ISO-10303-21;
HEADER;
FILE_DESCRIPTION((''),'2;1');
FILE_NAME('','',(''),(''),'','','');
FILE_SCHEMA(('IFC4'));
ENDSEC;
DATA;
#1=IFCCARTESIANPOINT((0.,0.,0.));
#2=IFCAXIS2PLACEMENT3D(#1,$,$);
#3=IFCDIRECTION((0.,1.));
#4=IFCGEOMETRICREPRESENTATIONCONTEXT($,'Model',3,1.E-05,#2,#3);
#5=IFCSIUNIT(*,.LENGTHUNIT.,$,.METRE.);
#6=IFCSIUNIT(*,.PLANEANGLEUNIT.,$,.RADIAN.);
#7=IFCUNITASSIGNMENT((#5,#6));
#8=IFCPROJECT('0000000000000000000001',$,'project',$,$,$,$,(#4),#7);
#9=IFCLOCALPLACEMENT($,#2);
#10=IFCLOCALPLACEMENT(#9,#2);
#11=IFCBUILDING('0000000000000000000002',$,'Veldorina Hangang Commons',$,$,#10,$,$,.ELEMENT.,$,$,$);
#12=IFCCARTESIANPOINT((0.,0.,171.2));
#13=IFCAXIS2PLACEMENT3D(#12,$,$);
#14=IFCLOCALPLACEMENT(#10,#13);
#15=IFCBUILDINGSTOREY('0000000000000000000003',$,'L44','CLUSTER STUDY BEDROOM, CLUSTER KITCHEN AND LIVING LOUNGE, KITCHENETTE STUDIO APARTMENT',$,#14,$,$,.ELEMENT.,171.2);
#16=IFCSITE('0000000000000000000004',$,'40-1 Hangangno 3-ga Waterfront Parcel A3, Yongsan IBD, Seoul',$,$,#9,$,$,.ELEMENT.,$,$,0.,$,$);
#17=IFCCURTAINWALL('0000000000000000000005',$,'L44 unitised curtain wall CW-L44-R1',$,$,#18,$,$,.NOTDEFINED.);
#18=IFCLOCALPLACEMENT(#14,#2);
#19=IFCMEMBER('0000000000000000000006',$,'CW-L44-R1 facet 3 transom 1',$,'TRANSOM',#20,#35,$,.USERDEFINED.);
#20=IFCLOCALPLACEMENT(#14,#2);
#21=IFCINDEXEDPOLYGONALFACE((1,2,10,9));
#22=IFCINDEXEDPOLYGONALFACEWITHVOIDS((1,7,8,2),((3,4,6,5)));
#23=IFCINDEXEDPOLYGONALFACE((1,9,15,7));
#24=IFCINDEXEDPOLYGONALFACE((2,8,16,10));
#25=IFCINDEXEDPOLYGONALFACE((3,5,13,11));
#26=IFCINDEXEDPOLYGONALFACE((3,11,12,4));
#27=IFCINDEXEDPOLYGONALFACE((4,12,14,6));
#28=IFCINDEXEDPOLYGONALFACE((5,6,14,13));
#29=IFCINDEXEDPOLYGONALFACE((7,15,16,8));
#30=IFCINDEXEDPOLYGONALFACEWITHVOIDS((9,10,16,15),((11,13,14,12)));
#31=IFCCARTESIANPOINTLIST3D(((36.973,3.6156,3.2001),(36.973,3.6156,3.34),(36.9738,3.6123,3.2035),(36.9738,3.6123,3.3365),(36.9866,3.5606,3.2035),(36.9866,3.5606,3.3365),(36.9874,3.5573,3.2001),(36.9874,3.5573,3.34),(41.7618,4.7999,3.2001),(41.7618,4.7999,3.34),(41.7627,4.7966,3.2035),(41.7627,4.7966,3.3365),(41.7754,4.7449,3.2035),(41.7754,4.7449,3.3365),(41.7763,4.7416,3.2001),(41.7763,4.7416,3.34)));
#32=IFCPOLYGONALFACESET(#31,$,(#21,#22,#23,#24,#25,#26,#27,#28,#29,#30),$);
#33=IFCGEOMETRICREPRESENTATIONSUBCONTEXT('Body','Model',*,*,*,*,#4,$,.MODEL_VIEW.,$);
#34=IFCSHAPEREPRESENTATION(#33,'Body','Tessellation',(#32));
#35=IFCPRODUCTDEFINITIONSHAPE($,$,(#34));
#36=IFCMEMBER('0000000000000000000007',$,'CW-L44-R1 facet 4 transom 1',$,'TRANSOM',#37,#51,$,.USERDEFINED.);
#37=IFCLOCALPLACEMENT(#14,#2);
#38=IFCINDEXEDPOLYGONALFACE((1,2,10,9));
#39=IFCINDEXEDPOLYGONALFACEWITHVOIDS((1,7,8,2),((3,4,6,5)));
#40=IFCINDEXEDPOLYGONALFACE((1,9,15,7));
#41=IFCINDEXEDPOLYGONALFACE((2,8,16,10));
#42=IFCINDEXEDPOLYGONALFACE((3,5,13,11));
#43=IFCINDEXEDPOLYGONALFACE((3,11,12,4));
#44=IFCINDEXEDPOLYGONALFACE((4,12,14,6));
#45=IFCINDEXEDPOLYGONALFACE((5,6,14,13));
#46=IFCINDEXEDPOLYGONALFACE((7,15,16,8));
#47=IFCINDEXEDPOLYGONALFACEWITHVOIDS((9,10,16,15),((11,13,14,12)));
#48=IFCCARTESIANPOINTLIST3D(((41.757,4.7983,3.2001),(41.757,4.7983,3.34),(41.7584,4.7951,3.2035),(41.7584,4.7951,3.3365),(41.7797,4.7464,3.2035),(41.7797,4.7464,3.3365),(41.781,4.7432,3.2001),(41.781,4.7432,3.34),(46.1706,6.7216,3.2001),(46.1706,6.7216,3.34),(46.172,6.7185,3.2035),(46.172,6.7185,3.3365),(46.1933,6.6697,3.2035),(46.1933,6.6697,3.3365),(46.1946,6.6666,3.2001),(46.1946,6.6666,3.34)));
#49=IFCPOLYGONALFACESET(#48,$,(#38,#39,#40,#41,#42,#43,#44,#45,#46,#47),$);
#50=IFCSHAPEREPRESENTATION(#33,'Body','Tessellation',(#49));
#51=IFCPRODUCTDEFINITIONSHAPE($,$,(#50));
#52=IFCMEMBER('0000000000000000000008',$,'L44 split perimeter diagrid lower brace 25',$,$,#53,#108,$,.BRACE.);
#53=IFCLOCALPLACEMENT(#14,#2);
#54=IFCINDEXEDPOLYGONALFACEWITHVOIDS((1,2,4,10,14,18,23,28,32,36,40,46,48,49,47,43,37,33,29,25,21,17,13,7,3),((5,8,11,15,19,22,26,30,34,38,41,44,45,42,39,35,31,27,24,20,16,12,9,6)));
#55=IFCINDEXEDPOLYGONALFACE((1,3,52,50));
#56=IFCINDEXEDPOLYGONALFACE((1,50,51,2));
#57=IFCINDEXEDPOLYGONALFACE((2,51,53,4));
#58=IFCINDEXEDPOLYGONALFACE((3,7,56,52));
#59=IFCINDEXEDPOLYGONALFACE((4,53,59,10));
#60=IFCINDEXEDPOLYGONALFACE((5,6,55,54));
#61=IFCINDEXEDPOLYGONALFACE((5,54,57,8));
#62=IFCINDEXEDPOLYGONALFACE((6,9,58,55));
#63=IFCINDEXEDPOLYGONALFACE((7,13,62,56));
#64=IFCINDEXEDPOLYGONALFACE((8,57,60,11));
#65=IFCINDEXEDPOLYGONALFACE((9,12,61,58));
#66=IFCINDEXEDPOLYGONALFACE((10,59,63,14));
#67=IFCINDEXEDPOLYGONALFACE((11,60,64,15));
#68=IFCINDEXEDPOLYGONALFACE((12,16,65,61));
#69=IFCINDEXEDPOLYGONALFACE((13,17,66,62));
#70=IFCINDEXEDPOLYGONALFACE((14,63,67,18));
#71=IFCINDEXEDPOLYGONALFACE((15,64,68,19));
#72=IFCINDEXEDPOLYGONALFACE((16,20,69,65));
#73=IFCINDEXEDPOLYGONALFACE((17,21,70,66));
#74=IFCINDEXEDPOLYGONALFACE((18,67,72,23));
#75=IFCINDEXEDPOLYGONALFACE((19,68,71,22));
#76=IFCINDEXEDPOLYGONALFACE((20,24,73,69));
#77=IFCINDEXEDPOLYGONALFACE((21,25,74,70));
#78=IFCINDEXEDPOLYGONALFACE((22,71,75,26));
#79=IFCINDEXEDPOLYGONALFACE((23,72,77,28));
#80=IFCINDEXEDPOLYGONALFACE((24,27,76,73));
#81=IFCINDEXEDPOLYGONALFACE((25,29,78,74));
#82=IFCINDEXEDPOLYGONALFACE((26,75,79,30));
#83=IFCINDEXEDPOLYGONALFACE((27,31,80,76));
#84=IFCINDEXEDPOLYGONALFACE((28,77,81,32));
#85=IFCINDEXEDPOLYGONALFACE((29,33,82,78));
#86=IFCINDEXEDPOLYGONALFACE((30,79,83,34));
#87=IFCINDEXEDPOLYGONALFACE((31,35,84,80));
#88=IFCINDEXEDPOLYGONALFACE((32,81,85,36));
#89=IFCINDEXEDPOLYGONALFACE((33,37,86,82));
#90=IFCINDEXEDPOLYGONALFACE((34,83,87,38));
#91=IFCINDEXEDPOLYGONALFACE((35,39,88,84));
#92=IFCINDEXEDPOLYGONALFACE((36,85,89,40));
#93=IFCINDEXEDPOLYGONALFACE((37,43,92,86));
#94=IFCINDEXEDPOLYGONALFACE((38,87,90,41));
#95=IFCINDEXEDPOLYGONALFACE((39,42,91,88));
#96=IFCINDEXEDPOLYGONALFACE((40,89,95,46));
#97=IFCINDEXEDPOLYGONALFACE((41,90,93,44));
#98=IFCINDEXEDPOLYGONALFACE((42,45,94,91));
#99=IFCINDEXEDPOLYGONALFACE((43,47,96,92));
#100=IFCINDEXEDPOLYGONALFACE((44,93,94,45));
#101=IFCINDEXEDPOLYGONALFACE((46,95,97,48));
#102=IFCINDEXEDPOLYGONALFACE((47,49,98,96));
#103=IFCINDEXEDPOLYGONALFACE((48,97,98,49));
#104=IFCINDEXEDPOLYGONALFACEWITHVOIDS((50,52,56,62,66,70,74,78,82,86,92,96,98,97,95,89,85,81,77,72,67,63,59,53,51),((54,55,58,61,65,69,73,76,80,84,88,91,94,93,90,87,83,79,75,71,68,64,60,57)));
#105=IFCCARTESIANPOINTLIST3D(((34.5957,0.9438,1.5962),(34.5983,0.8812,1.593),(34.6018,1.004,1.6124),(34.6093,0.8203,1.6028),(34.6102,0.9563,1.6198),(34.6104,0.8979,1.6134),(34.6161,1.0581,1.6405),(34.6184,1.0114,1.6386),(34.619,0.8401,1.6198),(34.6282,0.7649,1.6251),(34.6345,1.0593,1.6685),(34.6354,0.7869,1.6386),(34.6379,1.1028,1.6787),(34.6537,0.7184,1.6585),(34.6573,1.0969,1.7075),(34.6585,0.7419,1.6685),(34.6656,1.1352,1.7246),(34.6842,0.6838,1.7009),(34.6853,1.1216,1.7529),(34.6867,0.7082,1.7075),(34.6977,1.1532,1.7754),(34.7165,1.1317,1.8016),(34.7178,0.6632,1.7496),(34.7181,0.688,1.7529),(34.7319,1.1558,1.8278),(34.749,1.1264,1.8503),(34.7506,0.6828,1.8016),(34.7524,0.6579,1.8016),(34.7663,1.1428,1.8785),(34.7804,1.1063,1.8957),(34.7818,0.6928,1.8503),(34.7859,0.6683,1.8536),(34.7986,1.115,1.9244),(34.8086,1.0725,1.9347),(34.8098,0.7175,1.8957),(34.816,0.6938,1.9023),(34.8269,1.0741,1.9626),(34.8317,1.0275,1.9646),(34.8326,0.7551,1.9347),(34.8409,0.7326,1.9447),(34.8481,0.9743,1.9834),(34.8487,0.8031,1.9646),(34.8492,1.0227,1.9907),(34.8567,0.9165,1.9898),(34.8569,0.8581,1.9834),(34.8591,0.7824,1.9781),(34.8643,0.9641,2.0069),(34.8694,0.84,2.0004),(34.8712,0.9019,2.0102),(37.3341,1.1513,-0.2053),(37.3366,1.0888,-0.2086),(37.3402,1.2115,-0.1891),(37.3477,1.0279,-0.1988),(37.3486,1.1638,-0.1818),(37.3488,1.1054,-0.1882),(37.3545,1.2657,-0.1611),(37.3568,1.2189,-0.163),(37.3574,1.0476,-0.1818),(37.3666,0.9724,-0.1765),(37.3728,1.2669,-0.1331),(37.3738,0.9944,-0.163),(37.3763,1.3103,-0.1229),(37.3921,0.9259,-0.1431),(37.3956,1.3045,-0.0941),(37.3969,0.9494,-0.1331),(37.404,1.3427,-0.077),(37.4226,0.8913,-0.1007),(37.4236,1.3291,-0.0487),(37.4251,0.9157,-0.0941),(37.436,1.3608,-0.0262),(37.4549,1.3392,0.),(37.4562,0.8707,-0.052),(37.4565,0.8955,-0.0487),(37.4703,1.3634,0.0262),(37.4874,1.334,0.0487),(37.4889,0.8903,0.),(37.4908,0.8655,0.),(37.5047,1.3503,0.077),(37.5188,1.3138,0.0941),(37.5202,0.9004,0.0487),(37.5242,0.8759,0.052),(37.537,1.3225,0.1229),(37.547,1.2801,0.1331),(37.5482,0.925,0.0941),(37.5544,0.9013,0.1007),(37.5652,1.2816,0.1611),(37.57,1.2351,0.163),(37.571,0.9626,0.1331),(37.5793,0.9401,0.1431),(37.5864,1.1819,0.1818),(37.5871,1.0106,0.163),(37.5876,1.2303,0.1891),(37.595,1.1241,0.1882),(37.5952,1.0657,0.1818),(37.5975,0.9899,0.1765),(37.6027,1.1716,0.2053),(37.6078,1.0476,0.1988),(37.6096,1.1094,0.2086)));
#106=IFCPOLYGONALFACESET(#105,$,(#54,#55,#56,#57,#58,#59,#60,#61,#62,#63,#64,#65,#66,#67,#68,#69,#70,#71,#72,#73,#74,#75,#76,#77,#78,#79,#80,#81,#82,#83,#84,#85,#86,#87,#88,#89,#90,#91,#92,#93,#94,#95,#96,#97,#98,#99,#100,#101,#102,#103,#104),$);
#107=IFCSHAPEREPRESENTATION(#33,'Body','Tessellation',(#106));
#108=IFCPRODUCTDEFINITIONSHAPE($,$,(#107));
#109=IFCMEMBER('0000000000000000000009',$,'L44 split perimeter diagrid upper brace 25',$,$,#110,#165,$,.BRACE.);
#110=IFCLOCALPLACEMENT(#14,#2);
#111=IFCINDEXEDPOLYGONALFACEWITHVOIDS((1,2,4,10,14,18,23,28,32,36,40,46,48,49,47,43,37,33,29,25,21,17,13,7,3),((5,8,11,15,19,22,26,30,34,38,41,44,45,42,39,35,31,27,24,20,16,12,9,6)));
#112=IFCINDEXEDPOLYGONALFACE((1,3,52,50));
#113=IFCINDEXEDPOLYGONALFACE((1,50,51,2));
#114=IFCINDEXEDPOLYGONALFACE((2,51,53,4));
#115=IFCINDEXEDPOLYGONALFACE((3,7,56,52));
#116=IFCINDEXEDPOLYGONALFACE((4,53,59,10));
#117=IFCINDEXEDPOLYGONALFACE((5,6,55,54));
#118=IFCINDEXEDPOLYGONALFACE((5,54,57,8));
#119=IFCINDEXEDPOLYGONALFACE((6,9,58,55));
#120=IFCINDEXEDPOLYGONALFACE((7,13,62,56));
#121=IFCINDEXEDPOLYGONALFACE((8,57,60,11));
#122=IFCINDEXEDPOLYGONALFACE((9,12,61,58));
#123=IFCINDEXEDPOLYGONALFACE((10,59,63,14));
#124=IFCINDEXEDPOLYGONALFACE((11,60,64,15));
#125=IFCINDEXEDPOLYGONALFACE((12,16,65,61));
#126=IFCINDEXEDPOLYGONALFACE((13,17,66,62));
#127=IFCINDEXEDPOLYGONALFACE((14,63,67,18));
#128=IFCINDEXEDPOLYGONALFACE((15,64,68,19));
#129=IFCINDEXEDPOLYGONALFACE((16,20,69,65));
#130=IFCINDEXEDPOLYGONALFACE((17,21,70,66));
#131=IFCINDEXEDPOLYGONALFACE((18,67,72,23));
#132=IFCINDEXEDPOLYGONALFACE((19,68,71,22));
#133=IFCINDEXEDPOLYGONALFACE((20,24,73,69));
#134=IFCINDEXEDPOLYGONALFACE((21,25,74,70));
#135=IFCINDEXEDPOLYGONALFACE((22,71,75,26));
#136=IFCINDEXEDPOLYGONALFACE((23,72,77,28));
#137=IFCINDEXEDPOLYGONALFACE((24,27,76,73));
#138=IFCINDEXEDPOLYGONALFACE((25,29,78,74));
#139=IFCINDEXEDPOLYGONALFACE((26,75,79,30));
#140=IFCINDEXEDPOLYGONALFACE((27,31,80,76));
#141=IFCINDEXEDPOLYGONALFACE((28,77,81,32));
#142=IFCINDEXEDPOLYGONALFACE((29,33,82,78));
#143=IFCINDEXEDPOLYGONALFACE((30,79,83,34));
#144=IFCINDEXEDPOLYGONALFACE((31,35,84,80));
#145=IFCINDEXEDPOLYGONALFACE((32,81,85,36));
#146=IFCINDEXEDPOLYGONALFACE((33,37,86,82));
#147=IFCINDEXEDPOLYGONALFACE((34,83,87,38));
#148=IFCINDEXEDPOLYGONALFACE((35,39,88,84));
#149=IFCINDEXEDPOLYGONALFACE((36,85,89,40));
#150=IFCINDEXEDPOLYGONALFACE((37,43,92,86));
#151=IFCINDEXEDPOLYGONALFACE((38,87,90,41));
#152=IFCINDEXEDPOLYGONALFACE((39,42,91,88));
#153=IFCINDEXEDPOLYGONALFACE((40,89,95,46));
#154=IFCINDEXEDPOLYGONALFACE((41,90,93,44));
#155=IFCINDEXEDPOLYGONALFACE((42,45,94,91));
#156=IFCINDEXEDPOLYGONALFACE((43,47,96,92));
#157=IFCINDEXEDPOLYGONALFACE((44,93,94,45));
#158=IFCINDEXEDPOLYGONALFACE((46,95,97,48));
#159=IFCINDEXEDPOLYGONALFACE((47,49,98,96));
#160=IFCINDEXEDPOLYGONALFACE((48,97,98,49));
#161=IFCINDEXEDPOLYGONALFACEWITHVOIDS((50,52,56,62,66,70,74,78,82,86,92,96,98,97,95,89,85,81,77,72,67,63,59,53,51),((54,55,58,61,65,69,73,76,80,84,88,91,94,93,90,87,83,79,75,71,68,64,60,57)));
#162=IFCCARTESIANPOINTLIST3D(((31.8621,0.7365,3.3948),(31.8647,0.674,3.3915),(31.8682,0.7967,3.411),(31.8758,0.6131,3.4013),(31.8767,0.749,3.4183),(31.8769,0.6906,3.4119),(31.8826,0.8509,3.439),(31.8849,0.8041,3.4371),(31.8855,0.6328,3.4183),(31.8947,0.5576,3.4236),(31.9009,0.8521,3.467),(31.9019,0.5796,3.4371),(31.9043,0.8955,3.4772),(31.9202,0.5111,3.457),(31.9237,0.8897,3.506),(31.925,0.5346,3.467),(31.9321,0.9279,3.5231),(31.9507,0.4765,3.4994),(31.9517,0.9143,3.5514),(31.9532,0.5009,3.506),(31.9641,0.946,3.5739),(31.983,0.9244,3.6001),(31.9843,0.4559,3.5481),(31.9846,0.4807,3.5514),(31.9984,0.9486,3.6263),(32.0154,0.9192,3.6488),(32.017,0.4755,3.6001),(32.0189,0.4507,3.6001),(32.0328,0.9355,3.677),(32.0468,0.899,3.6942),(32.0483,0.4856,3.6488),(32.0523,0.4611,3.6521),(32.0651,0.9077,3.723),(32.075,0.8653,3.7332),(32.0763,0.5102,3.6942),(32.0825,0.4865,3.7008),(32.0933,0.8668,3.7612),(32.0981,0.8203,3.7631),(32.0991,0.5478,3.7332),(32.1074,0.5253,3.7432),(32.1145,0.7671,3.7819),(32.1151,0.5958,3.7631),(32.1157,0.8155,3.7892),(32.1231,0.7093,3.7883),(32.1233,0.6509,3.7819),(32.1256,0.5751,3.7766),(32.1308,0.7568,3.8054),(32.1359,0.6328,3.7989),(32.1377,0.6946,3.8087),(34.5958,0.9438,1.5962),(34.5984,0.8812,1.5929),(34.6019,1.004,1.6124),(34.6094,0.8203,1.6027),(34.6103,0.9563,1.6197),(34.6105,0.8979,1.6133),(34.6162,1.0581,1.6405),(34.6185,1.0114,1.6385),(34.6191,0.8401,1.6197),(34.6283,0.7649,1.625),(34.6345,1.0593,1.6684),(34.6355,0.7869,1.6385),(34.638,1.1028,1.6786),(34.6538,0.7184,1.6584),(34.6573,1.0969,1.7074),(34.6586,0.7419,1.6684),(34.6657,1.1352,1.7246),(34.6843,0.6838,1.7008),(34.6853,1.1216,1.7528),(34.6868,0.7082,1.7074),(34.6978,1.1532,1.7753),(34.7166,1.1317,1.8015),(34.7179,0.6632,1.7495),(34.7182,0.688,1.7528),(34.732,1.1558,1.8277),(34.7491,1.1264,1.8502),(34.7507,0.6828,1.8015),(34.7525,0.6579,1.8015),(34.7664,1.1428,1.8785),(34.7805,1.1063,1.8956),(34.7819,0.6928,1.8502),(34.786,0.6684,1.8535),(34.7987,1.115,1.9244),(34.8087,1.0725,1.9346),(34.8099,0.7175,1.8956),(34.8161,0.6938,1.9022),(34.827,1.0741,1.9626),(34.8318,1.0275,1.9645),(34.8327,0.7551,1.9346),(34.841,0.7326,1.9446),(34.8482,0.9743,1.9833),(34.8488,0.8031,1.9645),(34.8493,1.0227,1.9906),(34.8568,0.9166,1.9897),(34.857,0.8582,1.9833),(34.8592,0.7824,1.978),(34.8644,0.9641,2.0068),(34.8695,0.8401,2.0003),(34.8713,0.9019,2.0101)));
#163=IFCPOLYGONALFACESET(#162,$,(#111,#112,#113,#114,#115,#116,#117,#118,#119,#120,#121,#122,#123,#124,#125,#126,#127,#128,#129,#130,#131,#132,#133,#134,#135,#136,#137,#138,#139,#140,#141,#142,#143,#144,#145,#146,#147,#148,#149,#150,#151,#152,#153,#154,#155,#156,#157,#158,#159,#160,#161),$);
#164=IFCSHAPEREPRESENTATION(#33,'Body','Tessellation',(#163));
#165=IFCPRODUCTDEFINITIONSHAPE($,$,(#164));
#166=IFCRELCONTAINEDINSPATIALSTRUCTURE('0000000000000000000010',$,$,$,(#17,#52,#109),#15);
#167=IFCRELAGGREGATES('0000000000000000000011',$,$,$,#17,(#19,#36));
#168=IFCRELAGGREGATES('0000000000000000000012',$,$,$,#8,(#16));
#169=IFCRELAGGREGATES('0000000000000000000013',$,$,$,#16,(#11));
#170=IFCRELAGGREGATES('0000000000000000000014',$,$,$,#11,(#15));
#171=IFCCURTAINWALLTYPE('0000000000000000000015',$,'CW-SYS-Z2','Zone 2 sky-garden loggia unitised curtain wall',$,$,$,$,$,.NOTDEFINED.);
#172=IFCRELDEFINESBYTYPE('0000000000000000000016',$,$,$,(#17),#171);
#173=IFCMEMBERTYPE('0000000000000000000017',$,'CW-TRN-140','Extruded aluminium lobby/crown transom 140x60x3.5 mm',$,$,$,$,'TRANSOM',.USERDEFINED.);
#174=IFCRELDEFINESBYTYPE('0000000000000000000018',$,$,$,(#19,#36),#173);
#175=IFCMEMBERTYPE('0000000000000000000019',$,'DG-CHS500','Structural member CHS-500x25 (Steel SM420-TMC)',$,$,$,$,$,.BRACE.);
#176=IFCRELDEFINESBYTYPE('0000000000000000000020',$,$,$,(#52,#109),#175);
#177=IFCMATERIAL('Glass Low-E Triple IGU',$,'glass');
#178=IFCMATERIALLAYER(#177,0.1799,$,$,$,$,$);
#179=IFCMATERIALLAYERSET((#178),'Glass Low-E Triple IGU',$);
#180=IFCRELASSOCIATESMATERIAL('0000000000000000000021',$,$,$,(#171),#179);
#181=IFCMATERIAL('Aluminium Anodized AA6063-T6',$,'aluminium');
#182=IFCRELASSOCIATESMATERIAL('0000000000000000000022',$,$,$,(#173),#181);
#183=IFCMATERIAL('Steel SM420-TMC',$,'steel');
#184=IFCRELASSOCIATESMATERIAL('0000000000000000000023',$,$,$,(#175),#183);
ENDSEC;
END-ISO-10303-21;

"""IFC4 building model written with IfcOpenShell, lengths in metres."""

from ifc_helpers import new_model, si_unit, direction, frame, origin, origin_2d, place, context, subcontext, project, spatial, hollow_rectangle, hollow_circle, extrude, material, layer, layer_set, material_profile, profile_set, type_object, element, aggregate, save


model = new_model("IFC4")

# Units and contexts
model_context = context("Model", 3, precision=1e-05, world=origin(), true_north=direction((0.0, 1.0)))
body_context = subcontext(model_context, "Body", "Model", "MODEL_VIEW")
ifc_project = project(units=[si_unit("LENGTHUNIT", "METRE"), si_unit("PLANEANGLEUNIT", "RADIAN")], contexts=[model_context])

# Site, building, storey
site_placement = place(None, origin())
site = spatial("IfcSite", under=ifc_project, at=site_placement, Name="40-1 Hangangno 3-ga Waterfront Parcel A3, Yongsan IBD, Seoul", CompositionType="ELEMENT", RefElevation=0.0)
building_placement = place(site_placement, origin())
building = spatial("IfcBuilding", under=site, at=building_placement, Name="Veldorina Hangang Commons", CompositionType="ELEMENT")
storey_placement = place(building_placement, frame((0.0, 0.0, 171.2)))
storey = spatial("IfcBuildingStorey", under=building, at=storey_placement, Name="L44", Description="CLUSTER STUDY BEDROOM, CLUSTER KITCHEN AND LIVING LOUNGE, KITCHENETTE STUDIO APARTMENT", CompositionType="ELEMENT", Elevation=171.2)

# Shared definitions
ifc_material_1 = material(Name="Steel SM420-TMC", Category="steel")

# Curtain wall, members
ifc_material_2 = material(Name="Glass Low-E Triple IGU", Category="glass")
ifc_layer_1 = layer(ifc_material_2, 0.1799)
ifc_layer_set_1 = layer_set([ifc_layer_1], Name="Glass Low-E Triple IGU")
curtain_wall_type = type_object("IfcCurtainWallType", Name="CW-SYS-Z2", Description="Zone 2 sky-garden loggia unitised curtain wall", PredefinedType="NOTDEFINED", material=ifc_layer_set_1)
curtain_wall_placement = place(storey_placement, origin())
curtain_wall = element("IfcCurtainWall", 1, at=curtain_wall_placement, inside=storey, type_object=curtain_wall_type, Name="L44 unitised curtain wall CW-L44-R1", PredefinedType="NOTDEFINED")
ifc_material_3 = material(Name="Aluminium Anodized AA6063-T6", Category="aluminium")
ifc_material_profile_1 = material_profile(ifc_material_3, hollow_rectangle(XDim=0.0601, YDim=0.1399, WallThickness=0.0034, at=origin_2d()), Name="ALU-RHS-140x60x3.5")
ifc_profile_set_1 = profile_set([ifc_material_profile_1], Name="Aluminium Anodized AA6063-T6")
member_type_1 = type_object("IfcMemberType", Name="CW-TRN-140", Description="Extruded aluminium lobby/crown transom 140x60x3.5 mm", ElementType="TRANSOM", PredefinedType="USERDEFINED", material=ifc_profile_set_1)
member_1_placement = place(storey_placement, frame((36.9802, 3.5864, 3.27), z_axis=(0.970754, 0.240078, 0.0), x_axis=(-0.240078, 0.970754, 0.0)))
member_1 = element("IfcMember", 2, at=member_1_placement, type_object=member_type_1, Name="CW-L44-R1 facet 3 transom 1", ObjectType="TRANSOM", PredefinedType="USERDEFINED", context=body_context, shape_type="SweptSolid", body=[
    extrude(hollow_rectangle(XDim=0.0601, YDim=0.1399, WallThickness=0.0034, at=origin_2d()), origin(), (0.0, 0.0, 1.0), 4.9331),
])
member_2_placement = place(storey_placement, frame((41.769, 4.7708, 3.27), z_axis=(0.916736, 0.399494, 0.0), x_axis=(-0.399494, 0.916736, 0.0)))
member_2 = element("IfcMember", 3, at=member_2_placement, type_object=member_type_1, Name="CW-L44-R1 facet 4 transom 1", ObjectType="TRANSOM", PredefinedType="USERDEFINED", context=body_context, shape_type="SweptSolid", body=[
    extrude(hollow_rectangle(XDim=0.0601, YDim=0.1399, WallThickness=0.0034, at=origin_2d()), origin(), (0.0, 0.0, 1.0), 4.8145),
])

# Members
ifc_material_profile_2 = material_profile(ifc_material_1, hollow_circle(Radius=0.25, WallThickness=0.0249, at=origin_2d()), Name="CHS-500x25")
ifc_profile_set_2 = profile_set([ifc_material_profile_2], Name="Steel SM420-TMC")
member_type_2 = type_object("IfcMemberType", Name="DG-CHS500", Description="Structural member CHS-500x25 (Steel SM420-TMC)", PredefinedType="BRACE", material=ifc_profile_set_2)
member_3_placement = place(storey_placement, frame((37.4719, 1.1147, 0.0), z_axis=(-0.833746, -0.063185, 0.548521), x_axis=(0.075568, -0.997141, 0.0)))
element("IfcMember", 4, at=member_3_placement, inside=storey, type_object=member_type_2, Name="L44 split perimeter diagrid lower brace 25", PredefinedType="BRACE", context=body_context, shape_type="SweptSolid", body=[
    extrude(hollow_circle(Radius=0.25, WallThickness=0.0249, at=origin_2d()), origin(), (0.0, 0.0, 1.0), 3.2844),
])
member_4_placement = place(storey_placement, frame((34.7336, 0.9072, 1.8015), z_axis=(-0.833727, -0.063216, 0.548546), x_axis=(0.075607, -0.997138, 0.0)))
element("IfcMember", 5, at=member_4_placement, inside=storey, type_object=member_type_2, Name="L44 split perimeter diagrid upper brace 25", PredefinedType="BRACE", context=body_context, shape_type="SweptSolid", body=[
    extrude(hollow_circle(Radius=0.25, WallThickness=0.0249, at=origin_2d()), origin(), (0.0, 0.0, 1.0), 3.2788),
])

aggregate(curtain_wall, [member_1, member_2])

save(model, "model.ifc")
